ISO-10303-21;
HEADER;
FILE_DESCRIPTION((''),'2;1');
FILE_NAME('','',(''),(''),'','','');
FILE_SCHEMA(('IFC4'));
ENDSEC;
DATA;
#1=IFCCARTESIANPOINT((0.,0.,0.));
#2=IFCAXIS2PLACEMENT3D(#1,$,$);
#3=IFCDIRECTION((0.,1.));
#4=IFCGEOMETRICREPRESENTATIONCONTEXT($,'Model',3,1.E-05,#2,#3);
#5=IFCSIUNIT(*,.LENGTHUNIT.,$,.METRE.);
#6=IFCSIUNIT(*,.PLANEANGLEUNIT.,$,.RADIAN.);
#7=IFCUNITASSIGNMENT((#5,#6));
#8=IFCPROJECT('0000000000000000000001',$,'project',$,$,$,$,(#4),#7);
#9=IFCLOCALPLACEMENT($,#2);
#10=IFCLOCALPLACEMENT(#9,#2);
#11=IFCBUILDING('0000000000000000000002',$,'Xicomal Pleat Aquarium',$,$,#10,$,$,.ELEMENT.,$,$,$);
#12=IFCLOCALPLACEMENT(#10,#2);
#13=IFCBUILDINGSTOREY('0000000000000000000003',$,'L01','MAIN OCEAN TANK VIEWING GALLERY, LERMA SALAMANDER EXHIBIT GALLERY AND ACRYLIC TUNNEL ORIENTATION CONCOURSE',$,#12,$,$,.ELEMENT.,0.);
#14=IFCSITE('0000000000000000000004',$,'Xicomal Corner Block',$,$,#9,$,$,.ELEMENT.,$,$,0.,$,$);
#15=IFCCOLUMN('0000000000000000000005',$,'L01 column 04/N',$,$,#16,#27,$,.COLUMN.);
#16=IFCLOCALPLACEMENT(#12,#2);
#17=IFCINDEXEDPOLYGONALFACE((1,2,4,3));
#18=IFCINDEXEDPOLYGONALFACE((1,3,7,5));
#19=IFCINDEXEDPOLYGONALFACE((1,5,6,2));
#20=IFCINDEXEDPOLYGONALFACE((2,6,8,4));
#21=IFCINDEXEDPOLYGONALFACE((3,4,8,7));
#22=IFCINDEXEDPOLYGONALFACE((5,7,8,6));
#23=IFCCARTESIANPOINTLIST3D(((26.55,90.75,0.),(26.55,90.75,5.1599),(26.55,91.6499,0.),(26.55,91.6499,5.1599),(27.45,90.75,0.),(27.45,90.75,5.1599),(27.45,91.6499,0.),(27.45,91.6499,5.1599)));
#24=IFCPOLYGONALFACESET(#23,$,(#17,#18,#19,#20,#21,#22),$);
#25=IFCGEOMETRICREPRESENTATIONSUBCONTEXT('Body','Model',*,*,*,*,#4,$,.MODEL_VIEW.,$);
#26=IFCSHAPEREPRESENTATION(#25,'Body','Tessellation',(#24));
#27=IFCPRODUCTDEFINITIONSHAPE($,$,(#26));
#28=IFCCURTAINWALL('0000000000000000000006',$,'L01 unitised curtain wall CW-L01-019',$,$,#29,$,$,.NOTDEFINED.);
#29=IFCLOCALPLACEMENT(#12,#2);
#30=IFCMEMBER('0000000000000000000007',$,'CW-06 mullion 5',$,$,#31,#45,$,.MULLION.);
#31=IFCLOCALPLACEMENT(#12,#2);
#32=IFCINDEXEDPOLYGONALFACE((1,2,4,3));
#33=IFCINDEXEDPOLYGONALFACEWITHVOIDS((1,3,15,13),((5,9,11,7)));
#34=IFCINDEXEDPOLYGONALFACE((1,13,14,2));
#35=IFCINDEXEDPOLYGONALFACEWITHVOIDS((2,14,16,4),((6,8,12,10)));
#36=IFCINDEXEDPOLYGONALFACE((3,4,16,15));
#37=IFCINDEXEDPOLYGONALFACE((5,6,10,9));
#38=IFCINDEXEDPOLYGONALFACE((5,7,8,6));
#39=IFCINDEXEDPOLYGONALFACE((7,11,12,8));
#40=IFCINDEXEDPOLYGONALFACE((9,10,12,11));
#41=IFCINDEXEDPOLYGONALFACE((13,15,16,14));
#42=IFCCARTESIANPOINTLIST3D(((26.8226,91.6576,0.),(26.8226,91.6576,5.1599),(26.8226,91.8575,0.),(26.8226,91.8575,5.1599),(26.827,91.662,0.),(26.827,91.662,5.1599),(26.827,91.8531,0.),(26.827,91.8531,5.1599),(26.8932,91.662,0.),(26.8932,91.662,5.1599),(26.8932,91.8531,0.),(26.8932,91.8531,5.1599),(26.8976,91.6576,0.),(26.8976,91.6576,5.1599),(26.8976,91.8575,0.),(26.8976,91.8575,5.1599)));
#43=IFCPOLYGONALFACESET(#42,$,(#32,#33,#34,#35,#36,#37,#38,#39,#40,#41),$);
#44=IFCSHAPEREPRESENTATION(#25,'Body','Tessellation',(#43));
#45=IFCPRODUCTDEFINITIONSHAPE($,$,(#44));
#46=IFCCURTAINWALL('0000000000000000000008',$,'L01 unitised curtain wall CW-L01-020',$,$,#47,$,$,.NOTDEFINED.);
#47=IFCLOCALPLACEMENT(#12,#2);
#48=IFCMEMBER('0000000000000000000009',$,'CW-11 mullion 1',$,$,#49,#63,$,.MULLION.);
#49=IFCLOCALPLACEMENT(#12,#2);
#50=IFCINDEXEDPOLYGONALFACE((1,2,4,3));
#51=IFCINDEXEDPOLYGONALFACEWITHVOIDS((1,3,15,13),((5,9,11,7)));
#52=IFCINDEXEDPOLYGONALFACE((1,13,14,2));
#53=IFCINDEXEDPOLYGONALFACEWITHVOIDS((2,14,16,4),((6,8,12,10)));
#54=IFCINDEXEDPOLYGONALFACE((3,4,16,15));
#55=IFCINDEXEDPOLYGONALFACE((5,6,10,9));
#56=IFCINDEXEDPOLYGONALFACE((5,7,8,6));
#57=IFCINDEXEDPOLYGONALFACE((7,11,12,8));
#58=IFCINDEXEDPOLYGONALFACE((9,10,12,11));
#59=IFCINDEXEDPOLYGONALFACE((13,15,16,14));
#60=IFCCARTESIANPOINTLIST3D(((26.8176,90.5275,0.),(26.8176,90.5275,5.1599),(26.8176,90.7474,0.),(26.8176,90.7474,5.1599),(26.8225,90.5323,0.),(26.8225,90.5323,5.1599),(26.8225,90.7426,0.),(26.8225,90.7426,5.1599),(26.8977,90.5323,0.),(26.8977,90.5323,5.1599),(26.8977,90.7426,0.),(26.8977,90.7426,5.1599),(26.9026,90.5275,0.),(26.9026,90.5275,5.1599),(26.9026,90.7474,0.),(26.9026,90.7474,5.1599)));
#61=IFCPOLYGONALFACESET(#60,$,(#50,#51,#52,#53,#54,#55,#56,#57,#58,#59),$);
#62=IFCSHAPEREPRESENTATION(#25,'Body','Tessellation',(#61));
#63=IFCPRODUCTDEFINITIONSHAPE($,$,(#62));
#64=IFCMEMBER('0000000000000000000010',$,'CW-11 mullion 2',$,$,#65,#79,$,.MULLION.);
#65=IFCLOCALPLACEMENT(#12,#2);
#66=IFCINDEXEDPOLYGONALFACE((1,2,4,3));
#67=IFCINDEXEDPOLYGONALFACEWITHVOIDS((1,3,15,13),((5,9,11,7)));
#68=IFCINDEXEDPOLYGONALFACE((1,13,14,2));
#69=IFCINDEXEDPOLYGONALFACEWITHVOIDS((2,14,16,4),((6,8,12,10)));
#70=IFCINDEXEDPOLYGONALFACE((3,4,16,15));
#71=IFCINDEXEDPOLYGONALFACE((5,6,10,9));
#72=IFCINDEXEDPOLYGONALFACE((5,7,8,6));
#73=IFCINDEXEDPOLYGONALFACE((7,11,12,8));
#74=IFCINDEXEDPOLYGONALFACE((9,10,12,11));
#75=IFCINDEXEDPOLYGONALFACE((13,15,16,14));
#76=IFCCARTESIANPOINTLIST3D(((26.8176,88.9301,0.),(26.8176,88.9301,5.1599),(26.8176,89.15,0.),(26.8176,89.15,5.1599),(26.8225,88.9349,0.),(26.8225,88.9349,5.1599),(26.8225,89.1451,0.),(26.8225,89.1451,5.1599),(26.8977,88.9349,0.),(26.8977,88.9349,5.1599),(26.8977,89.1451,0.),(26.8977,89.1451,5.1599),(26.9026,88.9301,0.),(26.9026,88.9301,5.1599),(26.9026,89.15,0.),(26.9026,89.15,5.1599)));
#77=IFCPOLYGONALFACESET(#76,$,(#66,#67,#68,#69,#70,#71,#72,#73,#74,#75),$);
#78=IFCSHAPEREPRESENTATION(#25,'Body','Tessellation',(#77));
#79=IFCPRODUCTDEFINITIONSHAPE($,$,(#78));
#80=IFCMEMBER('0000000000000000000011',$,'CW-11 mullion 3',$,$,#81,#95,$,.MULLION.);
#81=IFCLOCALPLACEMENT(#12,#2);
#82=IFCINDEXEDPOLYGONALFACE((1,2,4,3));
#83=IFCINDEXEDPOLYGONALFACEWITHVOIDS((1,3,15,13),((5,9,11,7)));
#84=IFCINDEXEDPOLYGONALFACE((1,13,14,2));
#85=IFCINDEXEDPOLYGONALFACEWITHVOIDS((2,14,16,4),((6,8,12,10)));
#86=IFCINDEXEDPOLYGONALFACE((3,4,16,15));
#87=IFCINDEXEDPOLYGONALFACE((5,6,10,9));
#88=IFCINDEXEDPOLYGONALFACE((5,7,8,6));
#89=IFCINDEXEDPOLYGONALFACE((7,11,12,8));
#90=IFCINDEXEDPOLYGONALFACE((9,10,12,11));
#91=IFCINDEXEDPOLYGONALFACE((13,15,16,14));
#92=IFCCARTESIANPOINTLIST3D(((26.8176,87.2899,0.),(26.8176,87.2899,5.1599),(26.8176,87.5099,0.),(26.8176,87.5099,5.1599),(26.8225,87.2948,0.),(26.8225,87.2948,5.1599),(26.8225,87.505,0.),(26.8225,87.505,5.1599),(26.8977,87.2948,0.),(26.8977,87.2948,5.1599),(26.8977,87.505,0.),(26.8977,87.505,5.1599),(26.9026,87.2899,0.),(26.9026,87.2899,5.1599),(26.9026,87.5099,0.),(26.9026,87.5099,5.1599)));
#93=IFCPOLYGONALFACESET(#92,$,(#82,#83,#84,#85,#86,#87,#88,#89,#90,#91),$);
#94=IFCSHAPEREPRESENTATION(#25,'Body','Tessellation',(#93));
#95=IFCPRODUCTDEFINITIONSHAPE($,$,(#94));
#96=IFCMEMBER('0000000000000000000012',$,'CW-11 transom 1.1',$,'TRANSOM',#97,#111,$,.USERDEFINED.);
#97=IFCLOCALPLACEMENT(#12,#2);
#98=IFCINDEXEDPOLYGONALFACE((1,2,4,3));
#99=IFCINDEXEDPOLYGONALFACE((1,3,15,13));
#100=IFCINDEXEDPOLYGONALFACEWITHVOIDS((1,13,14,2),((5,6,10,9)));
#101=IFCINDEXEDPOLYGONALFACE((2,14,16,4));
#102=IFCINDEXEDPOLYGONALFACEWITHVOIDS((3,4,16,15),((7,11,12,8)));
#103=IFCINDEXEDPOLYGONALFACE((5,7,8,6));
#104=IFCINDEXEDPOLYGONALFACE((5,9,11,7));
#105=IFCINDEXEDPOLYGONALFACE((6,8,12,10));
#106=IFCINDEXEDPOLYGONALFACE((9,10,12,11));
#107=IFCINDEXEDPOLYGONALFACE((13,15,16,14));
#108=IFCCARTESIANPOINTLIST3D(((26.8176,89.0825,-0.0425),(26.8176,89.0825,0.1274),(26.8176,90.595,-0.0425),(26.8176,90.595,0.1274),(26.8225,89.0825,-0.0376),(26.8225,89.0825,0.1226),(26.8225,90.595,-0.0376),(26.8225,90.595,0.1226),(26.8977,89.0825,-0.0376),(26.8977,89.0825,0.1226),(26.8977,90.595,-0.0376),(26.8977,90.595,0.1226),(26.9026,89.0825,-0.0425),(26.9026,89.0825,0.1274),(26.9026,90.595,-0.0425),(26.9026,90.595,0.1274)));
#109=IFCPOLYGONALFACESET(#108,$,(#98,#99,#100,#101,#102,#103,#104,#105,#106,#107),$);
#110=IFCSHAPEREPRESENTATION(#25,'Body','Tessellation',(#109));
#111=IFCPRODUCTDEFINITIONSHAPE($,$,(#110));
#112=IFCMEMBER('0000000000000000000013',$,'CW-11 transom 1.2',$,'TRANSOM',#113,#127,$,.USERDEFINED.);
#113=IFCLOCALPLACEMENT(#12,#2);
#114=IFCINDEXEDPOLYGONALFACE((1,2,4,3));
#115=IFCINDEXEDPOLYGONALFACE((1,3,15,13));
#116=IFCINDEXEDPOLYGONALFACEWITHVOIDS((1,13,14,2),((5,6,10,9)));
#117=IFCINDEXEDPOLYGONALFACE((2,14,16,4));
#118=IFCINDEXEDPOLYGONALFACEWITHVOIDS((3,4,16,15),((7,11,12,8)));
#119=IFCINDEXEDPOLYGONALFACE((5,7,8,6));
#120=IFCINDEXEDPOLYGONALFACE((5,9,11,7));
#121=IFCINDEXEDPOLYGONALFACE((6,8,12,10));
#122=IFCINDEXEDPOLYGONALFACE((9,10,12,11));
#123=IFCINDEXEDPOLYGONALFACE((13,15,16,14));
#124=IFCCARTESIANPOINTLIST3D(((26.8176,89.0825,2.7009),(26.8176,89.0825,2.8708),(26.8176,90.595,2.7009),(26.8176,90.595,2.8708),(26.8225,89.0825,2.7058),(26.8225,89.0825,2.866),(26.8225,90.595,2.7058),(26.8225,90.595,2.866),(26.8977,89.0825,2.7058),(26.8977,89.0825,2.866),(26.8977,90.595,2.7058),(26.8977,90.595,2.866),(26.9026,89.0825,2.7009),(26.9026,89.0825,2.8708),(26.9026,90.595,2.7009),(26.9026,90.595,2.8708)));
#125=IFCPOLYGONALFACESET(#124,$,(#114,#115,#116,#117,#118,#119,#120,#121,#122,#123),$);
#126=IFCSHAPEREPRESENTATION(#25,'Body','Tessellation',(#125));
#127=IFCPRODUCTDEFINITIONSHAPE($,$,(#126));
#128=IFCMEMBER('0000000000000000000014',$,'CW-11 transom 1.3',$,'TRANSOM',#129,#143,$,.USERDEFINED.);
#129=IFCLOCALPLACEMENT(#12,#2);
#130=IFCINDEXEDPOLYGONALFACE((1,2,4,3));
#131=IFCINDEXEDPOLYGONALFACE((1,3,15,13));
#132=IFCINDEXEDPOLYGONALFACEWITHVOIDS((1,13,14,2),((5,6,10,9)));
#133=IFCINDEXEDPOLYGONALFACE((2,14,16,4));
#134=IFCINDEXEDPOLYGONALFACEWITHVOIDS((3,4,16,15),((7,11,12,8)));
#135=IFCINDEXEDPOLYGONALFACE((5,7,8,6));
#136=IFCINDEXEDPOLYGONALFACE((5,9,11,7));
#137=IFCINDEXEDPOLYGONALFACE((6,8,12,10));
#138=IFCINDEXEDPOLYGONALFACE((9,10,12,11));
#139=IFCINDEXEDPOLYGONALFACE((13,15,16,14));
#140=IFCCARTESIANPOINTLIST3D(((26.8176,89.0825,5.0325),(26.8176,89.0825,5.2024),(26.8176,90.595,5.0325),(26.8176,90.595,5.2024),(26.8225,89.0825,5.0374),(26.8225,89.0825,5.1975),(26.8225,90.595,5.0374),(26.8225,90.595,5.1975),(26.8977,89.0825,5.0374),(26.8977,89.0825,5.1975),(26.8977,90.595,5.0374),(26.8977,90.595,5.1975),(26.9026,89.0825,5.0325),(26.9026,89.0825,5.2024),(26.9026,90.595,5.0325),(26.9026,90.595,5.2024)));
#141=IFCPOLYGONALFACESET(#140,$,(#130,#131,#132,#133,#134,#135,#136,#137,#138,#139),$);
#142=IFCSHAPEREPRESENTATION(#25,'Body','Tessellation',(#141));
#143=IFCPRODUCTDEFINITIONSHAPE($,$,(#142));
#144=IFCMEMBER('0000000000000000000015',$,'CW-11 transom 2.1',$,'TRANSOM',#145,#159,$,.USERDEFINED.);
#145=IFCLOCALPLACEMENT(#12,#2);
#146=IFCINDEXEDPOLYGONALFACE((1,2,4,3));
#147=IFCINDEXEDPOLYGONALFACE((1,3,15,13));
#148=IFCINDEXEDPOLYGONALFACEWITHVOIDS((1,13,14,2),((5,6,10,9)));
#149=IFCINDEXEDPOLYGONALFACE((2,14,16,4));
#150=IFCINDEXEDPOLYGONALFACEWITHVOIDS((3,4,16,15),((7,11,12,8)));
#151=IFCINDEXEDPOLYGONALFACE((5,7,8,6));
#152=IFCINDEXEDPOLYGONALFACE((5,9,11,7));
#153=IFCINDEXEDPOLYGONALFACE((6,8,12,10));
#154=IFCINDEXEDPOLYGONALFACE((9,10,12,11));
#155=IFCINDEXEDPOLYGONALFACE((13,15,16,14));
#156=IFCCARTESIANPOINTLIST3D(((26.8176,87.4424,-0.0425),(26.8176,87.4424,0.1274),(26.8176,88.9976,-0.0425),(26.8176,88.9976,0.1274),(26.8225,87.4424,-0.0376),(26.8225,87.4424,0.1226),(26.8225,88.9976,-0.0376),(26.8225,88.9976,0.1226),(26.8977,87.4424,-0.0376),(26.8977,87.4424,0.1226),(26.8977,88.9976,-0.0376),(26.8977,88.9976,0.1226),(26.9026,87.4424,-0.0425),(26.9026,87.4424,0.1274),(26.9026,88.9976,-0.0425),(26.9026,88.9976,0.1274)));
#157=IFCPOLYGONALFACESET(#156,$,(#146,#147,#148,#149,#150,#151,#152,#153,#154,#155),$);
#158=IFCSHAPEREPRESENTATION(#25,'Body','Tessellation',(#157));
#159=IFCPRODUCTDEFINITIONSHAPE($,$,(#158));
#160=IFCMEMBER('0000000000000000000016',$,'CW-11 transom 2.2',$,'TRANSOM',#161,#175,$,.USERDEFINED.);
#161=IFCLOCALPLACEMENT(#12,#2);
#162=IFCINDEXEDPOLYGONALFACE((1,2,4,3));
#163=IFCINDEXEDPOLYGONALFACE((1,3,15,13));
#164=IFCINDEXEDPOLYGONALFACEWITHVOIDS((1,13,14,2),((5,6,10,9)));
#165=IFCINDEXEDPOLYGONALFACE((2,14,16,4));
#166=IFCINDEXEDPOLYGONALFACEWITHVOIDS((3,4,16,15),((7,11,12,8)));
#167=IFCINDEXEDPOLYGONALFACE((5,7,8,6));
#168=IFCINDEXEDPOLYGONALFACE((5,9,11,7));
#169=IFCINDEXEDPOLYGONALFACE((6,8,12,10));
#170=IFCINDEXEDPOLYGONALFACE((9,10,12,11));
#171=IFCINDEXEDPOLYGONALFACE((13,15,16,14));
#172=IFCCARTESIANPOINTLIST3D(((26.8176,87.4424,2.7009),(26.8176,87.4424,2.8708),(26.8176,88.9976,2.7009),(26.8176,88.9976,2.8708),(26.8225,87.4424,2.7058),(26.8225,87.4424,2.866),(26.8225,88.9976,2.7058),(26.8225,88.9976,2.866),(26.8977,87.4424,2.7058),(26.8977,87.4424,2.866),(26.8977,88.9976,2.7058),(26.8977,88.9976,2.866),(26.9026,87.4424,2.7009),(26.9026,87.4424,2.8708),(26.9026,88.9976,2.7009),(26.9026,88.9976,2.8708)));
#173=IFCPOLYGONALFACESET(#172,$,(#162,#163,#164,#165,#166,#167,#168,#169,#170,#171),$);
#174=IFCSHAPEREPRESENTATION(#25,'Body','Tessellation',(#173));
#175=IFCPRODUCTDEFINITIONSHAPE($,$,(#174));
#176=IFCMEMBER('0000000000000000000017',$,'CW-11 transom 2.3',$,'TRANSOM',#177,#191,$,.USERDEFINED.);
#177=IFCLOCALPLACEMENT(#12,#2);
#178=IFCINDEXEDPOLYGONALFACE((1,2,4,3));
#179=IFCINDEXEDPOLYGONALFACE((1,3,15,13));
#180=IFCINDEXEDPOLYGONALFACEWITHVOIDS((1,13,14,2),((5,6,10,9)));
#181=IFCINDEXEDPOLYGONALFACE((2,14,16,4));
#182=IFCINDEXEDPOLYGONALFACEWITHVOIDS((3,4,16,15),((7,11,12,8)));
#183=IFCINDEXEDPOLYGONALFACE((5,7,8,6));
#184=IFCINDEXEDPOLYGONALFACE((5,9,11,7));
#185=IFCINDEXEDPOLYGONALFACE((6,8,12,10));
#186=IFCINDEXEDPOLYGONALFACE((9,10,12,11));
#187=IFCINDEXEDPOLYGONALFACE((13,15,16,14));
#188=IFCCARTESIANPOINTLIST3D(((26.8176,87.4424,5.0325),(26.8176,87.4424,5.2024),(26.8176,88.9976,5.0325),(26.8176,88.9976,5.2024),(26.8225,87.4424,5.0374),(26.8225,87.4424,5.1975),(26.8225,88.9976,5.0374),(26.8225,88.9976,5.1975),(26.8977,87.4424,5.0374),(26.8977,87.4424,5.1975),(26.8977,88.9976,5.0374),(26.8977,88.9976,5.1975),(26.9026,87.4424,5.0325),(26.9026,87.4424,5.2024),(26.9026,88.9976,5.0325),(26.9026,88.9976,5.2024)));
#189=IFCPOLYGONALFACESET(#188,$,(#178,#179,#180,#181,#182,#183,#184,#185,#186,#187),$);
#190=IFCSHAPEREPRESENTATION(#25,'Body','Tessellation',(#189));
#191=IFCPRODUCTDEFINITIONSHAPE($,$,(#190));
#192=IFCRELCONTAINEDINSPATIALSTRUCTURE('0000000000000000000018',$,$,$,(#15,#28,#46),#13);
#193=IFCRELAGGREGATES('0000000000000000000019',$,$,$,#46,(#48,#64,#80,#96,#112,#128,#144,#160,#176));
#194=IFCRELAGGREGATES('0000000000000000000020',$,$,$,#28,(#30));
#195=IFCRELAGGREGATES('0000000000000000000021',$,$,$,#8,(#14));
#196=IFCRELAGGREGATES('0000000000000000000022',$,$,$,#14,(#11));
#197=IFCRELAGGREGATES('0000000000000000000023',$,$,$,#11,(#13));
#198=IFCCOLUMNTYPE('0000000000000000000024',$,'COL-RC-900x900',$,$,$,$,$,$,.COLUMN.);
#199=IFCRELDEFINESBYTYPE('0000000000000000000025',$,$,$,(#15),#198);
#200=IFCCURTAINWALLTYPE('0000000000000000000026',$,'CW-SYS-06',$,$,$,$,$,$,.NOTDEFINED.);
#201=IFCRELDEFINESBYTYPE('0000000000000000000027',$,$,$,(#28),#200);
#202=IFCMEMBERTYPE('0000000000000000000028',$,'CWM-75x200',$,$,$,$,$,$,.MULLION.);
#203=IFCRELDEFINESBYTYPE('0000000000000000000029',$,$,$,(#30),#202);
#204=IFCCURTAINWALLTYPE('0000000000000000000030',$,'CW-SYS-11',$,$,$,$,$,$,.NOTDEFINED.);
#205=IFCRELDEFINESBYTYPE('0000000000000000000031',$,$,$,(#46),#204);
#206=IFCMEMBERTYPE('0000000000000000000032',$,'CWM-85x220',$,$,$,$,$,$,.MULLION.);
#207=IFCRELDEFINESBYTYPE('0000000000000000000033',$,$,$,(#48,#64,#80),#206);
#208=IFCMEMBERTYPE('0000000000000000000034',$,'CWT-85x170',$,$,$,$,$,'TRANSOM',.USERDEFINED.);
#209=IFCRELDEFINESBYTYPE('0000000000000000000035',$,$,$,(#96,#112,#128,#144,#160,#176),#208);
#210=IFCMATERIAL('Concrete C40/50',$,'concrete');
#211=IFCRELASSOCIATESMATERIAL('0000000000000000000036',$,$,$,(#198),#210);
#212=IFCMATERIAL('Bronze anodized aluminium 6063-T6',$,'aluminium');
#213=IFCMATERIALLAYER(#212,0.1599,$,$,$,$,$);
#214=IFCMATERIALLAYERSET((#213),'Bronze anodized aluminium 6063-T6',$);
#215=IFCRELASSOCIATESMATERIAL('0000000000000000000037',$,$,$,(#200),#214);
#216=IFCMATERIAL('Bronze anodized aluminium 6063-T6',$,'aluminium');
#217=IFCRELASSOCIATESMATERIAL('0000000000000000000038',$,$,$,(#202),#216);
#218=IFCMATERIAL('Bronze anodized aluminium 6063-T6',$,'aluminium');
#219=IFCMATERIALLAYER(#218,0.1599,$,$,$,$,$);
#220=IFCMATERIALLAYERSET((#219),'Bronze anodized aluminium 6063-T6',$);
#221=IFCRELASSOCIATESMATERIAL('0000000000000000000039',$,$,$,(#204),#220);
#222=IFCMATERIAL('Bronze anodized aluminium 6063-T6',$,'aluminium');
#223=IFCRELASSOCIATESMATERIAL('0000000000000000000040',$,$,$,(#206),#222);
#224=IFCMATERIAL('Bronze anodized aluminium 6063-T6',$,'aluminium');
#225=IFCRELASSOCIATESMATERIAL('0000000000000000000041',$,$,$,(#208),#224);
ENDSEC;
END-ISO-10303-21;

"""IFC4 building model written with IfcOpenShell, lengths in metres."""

from ifc_helpers import new_model, si_unit, direction, frame, origin, origin_2d, place, context, subcontext, project, spatial, rectangle, hollow_rectangle, extrude, material, layer, layer_set, material_profile, profile_set, type_object, element, aggregate, save


model = new_model("IFC4")

# Units and contexts
model_context = context("Model", 3, precision=1e-05, world=origin(), true_north=direction((0.0, 1.0)))
body_context = subcontext(model_context, "Body", "Model", "MODEL_VIEW")
ifc_project = project(units=[si_unit("LENGTHUNIT", "METRE"), si_unit("PLANEANGLEUNIT", "RADIAN")], contexts=[model_context])

# Site, building, storey
site_placement = place(None, origin())
site = spatial("IfcSite", under=ifc_project, at=site_placement, Name="Xicomal Corner Block", CompositionType="ELEMENT", RefElevation=0.0)
building_placement = place(site_placement, origin())
building = spatial("IfcBuilding", under=site, at=building_placement, Name="Xicomal Pleat Aquarium", CompositionType="ELEMENT")
storey_placement = place(building_placement, origin())
storey = spatial("IfcBuildingStorey", under=building, at=storey_placement, Name="L01", Description="MAIN OCEAN TANK VIEWING GALLERY, LERMA SALAMANDER EXHIBIT GALLERY AND ACRYLIC TUNNEL ORIENTATION CONCOURSE", CompositionType="ELEMENT", Elevation=0.0)

# Column
ifc_material_1 = material(Name="Concrete C40/50", Category="concrete")
ifc_material_profile_1 = material_profile(ifc_material_1, rectangle(XDim=0.8999, YDim=0.8999, at=origin_2d()), Name="RC 900x900")
ifc_profile_set_1 = profile_set([ifc_material_profile_1], Name="Concrete C40/50")
column_type = type_object("IfcColumnType", Name="COL-RC-900x900", PredefinedType="COLUMN", material=ifc_profile_set_1)
column_placement = place(storey_placement, frame((27.0, 91.2, 0.0), z_axis=(0.0, 0.0, 1.0), x_axis=(1.0, 0.0, 0.0)))
element("IfcColumn", 1, at=column_placement, inside=storey, type_object=column_type, Name="L01 column 04/N", PredefinedType="COLUMN", context=body_context, shape_type="SweptSolid", body=[
    extrude(rectangle(XDim=0.8999, YDim=0.8999, at=origin_2d()), origin(), (0.0, 0.0, 1.0), 5.1599),
])

# Curtain wall, member
ifc_material_2 = material(Name="Bronze anodized aluminium 6063-T6", Category="aluminium")
ifc_layer_1 = layer(ifc_material_2, 0.1599)
ifc_layer_set_1 = layer_set([ifc_layer_1], Name="Bronze anodized aluminium 6063-T6")
curtain_wall_type_1 = type_object("IfcCurtainWallType", Name="CW-SYS-06", PredefinedType="NOTDEFINED", material=ifc_layer_set_1)
curtain_wall_1_placement = place(storey_placement, origin())
curtain_wall_1 = element("IfcCurtainWall", 2, at=curtain_wall_1_placement, inside=storey, type_object=curtain_wall_type_1, Name="L01 unitised curtain wall CW-L01-019", PredefinedType="NOTDEFINED")
ifc_material_3 = material(Name="Bronze anodized aluminium 6063-T6", Category="aluminium")
ifc_material_profile_2 = material_profile(ifc_material_3, hollow_rectangle(XDim=0.075, YDim=0.2, WallThickness=0.0044, at=origin_2d()), Name="ALU MULL 75x200")
ifc_profile_set_2 = profile_set([ifc_material_profile_2], Name="Bronze anodized aluminium 6063-T6")
member_type_1 = type_object("IfcMemberType", Name="CWM-75x200", PredefinedType="MULLION", material=ifc_profile_set_2)
member_1_placement = place(storey_placement, frame((26.8601, 91.7576, 0.0), z_axis=(0.0, 0.0, 1.0), x_axis=(1.0, 0.0, 0.0)))
member_1 = element("IfcMember", 3, at=member_1_placement, type_object=member_type_1, Name="CW-06 mullion 5", PredefinedType="MULLION", context=body_context, shape_type="SweptSolid", body=[
    extrude(hollow_rectangle(XDim=0.075, YDim=0.2, WallThickness=0.0044, at=origin_2d()), origin(), (0.0, 0.0, 1.0), 5.1599),
])

# Curtain wall, members
ifc_material_4 = material(Name="Bronze anodized aluminium 6063-T6", Category="aluminium")
ifc_layer_2 = layer(ifc_material_4, 0.1599)
ifc_layer_set_2 = layer_set([ifc_layer_2], Name="Bronze anodized aluminium 6063-T6")
curtain_wall_type_2 = type_object("IfcCurtainWallType", Name="CW-SYS-11", PredefinedType="NOTDEFINED", material=ifc_layer_set_2)
curtain_wall_2_placement = place(storey_placement, origin())
curtain_wall_2 = element("IfcCurtainWall", 4, at=curtain_wall_2_placement, inside=storey, type_object=curtain_wall_type_2, Name="L01 unitised curtain wall CW-L01-020", PredefinedType="NOTDEFINED")
ifc_material_5 = material(Name="Bronze anodized aluminium 6063-T6", Category="aluminium")
ifc_material_profile_3 = material_profile(ifc_material_5, hollow_rectangle(XDim=0.085, YDim=0.22, WallThickness=0.0049, at=origin_2d()), Name="ALU MULL 85x220")
ifc_profile_set_3 = profile_set([ifc_material_profile_3], Name="Bronze anodized aluminium 6063-T6")
member_type_2 = type_object("IfcMemberType", Name="CWM-85x220", PredefinedType="MULLION", material=ifc_profile_set_3)
member_2_placement = place(storey_placement, frame((26.8601, 90.6375, 0.0), z_axis=(0.0, 0.0, 1.0), x_axis=(1.0, 0.0, 0.0)))
member_2 = element("IfcMember", 5, at=member_2_placement, type_object=member_type_2, Name="CW-11 mullion 1", PredefinedType="MULLION", context=body_context, shape_type="SweptSolid", body=[
    extrude(hollow_rectangle(XDim=0.085, YDim=0.22, WallThickness=0.0049, at=origin_2d()), origin(), (0.0, 0.0, 1.0), 5.1599),
])
member_3_placement = place(storey_placement, frame((26.8601, 89.04, 0.0), z_axis=(0.0, 0.0, 1.0), x_axis=(1.0, 0.0, 0.0)))
member_3 = element("IfcMember", 6, at=member_3_placement, type_object=member_type_2, Name="CW-11 mullion 2", PredefinedType="MULLION", context=body_context, shape_type="SweptSolid", body=[
    extrude(hollow_rectangle(XDim=0.085, YDim=0.22, WallThickness=0.0049, at=origin_2d()), origin(), (0.0, 0.0, 1.0), 5.1599),
])
member_4_placement = place(storey_placement, frame((26.8601, 87.3999, 0.0), z_axis=(0.0, 0.0, 1.0), x_axis=(1.0, 0.0, 0.0)))
member_4 = element("IfcMember", 7, at=member_4_placement, type_object=member_type_2, Name="CW-11 mullion 3", PredefinedType="MULLION", context=body_context, shape_type="SweptSolid", body=[
    extrude(hollow_rectangle(XDim=0.085, YDim=0.22, WallThickness=0.0049, at=origin_2d()), origin(), (0.0, 0.0, 1.0), 5.1599),
])
ifc_material_6 = material(Name="Bronze anodized aluminium 6063-T6", Category="aluminium")
ifc_material_profile_4 = material_profile(ifc_material_6, hollow_rectangle(XDim=0.085, YDim=0.1699, WallThickness=0.0049, at=origin_2d()), Name="ALU TRAN 85x170")
ifc_profile_set_4 = profile_set([ifc_material_profile_4], Name="Bronze anodized aluminium 6063-T6")
member_type_3 = type_object("IfcMemberType", Name="CWT-85x170", ElementType="TRANSOM", PredefinedType="USERDEFINED", material=ifc_profile_set_4)
member_5_placement = place(storey_placement, frame((26.8601, 90.595, 0.0425), z_axis=(0.0, -1.0, 0.0), x_axis=(1.0, 0.0, 0.0)))
member_5 = element("IfcMember", 8, at=member_5_placement, type_object=member_type_3, Name="CW-11 transom 1.1", ObjectType="TRANSOM", PredefinedType="USERDEFINED", context=body_context, shape_type="SweptSolid", body=[
    extrude(hollow_rectangle(XDim=0.085, YDim=0.1699, WallThickness=0.0049, at=origin_2d()), origin(), (0.0, 0.0, 1.0), 1.5125),
])
member_6_placement = place(storey_placement, frame((26.8601, 90.595, 2.7859), z_axis=(0.0, -1.0, 0.0), x_axis=(1.0, 0.0, 0.0)))
member_6 = element("IfcMember", 9, at=member_6_placement, type_object=member_type_3, Name="CW-11 transom 1.2", ObjectType="TRANSOM", PredefinedType="USERDEFINED", context=body_context, shape_type="SweptSolid", body=[
    extrude(hollow_rectangle(XDim=0.085, YDim=0.1699, WallThickness=0.0049, at=origin_2d()), origin(), (0.0, 0.0, 1.0), 1.5125),
])
member_7_placement = place(storey_placement, frame((26.8601, 90.595, 5.1174), z_axis=(0.0, -1.0, 0.0), x_axis=(1.0, 0.0, 0.0)))
member_7 = element("IfcMember", 10, at=member_7_placement, type_object=member_type_3, Name="CW-11 transom 1.3", ObjectType="TRANSOM", PredefinedType="USERDEFINED", context=body_context, shape_type="SweptSolid", body=[
    extrude(hollow_rectangle(XDim=0.085, YDim=0.1699, WallThickness=0.0049, at=origin_2d()), origin(), (0.0, 0.0, 1.0), 1.5125),
])
member_8_placement = place(storey_placement, frame((26.8601, 88.9976, 0.0425), z_axis=(0.0, -1.0, 0.0), x_axis=(1.0, 0.0, 0.0)))
member_8 = element("IfcMember", 11, at=member_8_placement, type_object=member_type_3, Name="CW-11 transom 2.1", ObjectType="TRANSOM", PredefinedType="USERDEFINED", context=body_context, shape_type="SweptSolid", body=[
    extrude(hollow_rectangle(XDim=0.085, YDim=0.1699, WallThickness=0.0049, at=origin_2d()), origin(), (0.0, 0.0, 1.0), 1.5552),
])
member_9_placement = place(storey_placement, frame((26.8601, 88.9976, 2.7859), z_axis=(0.0, -1.0, 0.0), x_axis=(1.0, 0.0, 0.0)))
member_9 = element("IfcMember", 12, at=member_9_placement, type_object=member_type_3, Name="CW-11 transom 2.2", ObjectType="TRANSOM", PredefinedType="USERDEFINED", context=body_context, shape_type="SweptSolid", body=[
    extrude(hollow_rectangle(XDim=0.085, YDim=0.1699, WallThickness=0.0049, at=origin_2d()), origin(), (0.0, 0.0, 1.0), 1.5552),
])
member_10_placement = place(storey_placement, frame((26.8601, 88.9976, 5.1174), z_axis=(0.0, -1.0, 0.0), x_axis=(1.0, 0.0, 0.0)))
member_10 = element("IfcMember", 13, at=member_10_placement, type_object=member_type_3, Name="CW-11 transom 2.3", ObjectType="TRANSOM", PredefinedType="USERDEFINED", context=body_context, shape_type="SweptSolid", body=[
    extrude(hollow_rectangle(XDim=0.085, YDim=0.1699, WallThickness=0.0049, at=origin_2d()), origin(), (0.0, 0.0, 1.0), 1.5552),
])
aggregate(curtain_wall_2, [member_2, member_3, member_4, member_5, member_6, member_7, member_8, member_9, member_10])

aggregate(curtain_wall_1, [member_1])

save(model, "model.ifc")
